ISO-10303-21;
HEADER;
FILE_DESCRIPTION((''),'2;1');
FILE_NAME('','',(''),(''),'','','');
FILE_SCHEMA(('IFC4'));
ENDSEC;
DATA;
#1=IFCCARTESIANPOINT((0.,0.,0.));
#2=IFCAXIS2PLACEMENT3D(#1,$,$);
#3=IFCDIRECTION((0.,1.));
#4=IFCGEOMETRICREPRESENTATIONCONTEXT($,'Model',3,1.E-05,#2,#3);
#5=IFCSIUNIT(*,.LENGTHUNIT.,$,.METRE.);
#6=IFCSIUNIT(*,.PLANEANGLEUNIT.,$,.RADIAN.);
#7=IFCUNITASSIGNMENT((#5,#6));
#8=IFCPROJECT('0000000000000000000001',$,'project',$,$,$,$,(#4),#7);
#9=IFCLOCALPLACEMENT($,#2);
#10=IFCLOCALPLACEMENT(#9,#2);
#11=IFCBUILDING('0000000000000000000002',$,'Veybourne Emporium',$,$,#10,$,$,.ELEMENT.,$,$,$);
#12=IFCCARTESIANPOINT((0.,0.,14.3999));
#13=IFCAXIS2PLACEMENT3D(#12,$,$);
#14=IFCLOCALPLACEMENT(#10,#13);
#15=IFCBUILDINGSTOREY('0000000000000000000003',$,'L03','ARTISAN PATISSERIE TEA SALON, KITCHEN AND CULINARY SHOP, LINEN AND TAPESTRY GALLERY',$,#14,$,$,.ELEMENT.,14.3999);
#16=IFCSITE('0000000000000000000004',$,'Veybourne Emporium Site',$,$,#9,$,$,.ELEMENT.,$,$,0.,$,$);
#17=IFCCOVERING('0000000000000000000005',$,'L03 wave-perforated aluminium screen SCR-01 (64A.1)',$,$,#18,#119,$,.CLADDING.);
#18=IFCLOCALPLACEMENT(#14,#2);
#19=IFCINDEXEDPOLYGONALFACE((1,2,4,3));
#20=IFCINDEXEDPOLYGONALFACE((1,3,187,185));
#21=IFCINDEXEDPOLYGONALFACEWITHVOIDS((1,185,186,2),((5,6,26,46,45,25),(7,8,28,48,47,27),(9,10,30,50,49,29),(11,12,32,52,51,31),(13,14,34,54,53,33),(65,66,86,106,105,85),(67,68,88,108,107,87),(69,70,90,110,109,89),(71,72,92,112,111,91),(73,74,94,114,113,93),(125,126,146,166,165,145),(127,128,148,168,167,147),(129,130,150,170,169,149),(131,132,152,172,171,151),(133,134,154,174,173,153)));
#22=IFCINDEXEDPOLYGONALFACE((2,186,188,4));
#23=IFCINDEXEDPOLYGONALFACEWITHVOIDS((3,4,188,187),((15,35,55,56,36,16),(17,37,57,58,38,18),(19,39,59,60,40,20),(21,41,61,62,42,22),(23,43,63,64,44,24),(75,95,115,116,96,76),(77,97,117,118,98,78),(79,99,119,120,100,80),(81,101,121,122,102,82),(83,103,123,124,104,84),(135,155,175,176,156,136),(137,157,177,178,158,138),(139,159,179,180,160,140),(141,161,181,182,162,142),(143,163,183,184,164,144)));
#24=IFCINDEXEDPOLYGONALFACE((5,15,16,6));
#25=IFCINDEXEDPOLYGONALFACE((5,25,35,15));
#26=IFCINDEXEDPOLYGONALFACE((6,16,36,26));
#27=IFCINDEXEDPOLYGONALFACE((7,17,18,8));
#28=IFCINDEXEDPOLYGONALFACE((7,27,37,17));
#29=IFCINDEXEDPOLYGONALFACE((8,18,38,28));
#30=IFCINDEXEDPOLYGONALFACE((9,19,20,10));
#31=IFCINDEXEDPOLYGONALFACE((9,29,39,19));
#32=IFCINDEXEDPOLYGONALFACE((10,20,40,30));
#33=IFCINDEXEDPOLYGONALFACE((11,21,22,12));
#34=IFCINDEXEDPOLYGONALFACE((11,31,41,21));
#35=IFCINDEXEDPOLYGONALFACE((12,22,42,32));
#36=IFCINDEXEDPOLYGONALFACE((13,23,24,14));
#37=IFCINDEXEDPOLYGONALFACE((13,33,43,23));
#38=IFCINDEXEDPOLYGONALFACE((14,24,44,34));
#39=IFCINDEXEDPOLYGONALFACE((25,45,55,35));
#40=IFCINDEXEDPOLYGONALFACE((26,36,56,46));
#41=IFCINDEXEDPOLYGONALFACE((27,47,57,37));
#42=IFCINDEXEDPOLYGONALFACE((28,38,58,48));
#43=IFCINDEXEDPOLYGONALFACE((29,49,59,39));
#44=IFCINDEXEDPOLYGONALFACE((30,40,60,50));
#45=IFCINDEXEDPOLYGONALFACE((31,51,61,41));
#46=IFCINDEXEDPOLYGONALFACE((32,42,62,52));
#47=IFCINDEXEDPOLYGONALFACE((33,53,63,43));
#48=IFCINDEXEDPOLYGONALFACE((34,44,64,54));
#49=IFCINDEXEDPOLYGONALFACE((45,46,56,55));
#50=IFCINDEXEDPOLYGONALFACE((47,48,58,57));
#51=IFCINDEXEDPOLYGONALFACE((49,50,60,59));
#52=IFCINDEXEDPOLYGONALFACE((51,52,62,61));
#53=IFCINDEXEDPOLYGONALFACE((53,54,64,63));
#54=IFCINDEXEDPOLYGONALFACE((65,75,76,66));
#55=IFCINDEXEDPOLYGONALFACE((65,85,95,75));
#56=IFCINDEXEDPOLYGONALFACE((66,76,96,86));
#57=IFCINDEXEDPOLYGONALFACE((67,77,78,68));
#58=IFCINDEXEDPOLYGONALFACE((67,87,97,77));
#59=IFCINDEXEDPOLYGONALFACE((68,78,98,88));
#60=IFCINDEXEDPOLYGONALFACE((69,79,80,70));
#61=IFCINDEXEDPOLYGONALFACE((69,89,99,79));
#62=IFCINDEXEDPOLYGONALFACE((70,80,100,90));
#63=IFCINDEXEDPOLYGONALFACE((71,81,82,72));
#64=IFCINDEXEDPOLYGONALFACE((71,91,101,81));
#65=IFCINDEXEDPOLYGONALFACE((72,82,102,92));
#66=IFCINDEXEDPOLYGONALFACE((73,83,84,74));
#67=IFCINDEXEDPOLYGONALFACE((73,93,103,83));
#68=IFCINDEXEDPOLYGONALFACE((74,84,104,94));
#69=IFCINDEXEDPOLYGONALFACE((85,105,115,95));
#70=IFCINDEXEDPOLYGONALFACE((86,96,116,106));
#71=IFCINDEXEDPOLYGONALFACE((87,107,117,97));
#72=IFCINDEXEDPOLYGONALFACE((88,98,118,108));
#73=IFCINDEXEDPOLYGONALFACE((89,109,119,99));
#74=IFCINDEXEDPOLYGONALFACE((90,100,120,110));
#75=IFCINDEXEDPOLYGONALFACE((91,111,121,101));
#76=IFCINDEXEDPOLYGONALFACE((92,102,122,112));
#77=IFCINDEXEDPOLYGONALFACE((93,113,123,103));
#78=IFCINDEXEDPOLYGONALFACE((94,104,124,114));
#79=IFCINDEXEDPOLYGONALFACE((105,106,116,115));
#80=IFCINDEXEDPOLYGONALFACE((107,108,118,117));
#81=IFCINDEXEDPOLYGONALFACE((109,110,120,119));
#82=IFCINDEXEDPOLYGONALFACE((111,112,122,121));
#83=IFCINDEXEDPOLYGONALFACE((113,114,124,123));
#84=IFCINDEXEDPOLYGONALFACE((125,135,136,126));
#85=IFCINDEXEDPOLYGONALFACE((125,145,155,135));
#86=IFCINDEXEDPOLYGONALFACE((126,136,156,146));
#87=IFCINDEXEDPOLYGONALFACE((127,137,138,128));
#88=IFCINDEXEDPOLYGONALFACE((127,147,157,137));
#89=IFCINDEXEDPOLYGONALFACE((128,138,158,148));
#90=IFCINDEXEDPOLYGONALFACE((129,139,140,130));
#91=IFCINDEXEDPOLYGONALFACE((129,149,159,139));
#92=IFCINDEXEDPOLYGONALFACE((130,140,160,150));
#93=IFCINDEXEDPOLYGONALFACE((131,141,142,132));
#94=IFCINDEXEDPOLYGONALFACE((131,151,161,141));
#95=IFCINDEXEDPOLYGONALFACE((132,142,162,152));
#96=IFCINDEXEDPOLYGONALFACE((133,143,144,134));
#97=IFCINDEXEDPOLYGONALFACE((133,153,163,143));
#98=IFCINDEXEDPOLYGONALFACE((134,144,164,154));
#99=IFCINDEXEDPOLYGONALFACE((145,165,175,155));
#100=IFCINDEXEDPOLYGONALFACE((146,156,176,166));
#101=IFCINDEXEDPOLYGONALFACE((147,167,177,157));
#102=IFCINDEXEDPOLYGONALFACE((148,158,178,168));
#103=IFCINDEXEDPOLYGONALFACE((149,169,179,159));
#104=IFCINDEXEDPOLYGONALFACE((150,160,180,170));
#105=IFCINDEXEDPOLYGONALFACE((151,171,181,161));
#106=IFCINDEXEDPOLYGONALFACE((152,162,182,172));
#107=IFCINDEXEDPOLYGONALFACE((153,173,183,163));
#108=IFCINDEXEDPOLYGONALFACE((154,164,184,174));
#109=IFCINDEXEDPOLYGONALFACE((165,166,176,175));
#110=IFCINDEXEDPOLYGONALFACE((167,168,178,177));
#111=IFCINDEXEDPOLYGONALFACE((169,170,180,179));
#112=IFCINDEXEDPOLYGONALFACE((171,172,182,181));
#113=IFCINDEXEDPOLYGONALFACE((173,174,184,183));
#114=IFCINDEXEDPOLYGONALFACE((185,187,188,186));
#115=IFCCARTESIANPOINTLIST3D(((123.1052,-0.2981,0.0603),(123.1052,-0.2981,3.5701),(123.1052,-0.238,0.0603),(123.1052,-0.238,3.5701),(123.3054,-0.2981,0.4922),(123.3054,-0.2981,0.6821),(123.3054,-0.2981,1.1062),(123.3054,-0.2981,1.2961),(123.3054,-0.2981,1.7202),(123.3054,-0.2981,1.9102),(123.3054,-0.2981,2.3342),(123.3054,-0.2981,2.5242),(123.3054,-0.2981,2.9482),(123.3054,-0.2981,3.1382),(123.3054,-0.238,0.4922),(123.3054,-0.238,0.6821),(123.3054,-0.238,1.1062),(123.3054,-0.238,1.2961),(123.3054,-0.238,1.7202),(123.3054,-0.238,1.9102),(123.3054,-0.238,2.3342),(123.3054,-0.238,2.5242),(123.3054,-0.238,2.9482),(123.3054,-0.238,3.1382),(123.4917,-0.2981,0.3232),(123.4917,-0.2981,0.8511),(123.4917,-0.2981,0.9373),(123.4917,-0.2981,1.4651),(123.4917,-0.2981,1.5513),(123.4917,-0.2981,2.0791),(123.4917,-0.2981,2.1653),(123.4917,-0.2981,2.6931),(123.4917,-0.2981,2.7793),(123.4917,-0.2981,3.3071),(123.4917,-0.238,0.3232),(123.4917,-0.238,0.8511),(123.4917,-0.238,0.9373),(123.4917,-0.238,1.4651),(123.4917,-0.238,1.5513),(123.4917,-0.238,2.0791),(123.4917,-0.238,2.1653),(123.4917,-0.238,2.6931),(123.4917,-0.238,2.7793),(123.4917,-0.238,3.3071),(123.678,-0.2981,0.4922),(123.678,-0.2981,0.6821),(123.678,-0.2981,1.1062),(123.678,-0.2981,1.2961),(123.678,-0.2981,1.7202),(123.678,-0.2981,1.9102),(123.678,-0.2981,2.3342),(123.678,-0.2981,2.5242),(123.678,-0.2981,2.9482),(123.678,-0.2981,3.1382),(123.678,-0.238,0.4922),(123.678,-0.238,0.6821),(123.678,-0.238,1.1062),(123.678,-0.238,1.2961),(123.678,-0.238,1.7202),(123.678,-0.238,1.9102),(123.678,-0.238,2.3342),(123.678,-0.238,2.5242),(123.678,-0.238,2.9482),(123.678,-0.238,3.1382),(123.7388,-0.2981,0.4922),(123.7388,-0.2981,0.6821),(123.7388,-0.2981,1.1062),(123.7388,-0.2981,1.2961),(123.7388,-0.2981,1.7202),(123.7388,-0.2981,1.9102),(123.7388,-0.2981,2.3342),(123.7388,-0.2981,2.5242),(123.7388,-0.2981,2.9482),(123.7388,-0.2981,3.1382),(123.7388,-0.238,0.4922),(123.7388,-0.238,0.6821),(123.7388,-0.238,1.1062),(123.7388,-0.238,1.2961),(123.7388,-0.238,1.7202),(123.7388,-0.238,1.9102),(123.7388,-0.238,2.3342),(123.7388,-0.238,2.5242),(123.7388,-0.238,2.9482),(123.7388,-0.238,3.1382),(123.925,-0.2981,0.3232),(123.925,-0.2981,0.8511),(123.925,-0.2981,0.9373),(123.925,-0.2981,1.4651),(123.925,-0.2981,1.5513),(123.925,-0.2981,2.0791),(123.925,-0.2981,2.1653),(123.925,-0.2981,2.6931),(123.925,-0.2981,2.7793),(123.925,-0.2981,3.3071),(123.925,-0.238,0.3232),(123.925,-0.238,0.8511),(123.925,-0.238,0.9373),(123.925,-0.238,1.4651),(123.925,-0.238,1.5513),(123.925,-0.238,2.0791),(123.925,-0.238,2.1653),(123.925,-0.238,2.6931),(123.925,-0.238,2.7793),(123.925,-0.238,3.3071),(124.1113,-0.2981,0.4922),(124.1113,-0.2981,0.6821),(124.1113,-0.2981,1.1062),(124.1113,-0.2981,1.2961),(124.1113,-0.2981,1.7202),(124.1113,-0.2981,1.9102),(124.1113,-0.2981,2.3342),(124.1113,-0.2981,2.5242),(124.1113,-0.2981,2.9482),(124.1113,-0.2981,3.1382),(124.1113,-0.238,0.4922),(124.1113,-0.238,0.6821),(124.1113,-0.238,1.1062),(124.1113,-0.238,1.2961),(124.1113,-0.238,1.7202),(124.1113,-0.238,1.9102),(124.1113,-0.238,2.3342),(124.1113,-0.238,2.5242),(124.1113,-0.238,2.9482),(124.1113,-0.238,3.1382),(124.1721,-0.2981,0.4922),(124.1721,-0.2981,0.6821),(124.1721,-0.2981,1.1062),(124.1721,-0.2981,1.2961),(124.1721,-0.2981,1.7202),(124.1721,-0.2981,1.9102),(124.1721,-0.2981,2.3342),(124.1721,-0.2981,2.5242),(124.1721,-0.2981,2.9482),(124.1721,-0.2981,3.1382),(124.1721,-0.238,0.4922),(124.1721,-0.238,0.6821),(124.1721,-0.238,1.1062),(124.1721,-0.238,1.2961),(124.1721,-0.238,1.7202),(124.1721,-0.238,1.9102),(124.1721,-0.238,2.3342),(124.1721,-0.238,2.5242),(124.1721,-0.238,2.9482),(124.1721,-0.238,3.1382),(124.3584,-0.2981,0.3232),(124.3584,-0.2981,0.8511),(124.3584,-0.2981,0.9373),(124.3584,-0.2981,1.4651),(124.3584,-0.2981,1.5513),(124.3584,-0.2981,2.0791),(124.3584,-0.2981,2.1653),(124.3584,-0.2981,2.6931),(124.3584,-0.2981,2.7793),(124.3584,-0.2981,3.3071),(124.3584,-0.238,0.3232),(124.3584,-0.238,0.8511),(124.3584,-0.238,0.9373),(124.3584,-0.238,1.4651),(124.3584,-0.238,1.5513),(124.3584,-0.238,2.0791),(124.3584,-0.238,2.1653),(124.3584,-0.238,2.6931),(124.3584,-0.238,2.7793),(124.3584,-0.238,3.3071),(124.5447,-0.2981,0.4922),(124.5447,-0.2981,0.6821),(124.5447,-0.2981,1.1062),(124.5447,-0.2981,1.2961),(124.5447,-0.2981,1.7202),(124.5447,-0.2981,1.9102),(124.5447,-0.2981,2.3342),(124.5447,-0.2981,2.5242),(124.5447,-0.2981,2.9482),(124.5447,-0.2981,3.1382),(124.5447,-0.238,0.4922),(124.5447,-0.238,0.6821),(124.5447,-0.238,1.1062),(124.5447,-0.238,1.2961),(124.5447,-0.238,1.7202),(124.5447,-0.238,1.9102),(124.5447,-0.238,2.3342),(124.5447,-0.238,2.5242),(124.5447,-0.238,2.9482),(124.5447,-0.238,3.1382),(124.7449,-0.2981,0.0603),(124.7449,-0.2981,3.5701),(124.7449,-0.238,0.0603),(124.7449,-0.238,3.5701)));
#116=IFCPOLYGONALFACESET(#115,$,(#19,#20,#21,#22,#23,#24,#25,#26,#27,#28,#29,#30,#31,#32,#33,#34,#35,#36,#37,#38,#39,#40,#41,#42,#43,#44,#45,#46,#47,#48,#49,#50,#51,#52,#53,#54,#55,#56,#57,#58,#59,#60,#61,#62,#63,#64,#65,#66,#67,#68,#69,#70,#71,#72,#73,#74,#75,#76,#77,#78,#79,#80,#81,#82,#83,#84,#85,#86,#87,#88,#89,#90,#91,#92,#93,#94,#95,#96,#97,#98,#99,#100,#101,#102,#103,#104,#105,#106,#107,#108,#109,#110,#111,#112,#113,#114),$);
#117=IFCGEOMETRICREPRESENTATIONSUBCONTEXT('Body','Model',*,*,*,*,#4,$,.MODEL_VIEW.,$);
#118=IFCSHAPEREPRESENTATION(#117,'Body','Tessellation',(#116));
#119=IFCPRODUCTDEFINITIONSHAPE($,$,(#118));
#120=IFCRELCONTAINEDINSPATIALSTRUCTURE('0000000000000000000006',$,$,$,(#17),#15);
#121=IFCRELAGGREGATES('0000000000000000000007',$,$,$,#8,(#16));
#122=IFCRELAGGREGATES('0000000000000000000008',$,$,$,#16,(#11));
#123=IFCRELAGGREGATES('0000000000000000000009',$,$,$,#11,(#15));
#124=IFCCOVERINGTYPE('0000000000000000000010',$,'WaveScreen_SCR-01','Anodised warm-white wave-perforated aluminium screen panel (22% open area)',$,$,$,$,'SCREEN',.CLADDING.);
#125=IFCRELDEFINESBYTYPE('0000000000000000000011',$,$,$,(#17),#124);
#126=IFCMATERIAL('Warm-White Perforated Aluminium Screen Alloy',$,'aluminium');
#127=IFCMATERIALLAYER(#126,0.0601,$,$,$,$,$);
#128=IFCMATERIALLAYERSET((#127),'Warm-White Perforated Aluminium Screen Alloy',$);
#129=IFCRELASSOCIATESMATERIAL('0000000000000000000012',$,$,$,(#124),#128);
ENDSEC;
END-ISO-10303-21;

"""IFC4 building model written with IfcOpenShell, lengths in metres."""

from ifc_helpers import new_model, si_unit, direction, frame, origin, place, context, subcontext, project, spatial, polyline, outline, extrude, material, layer, layer_set, type_object, element, save


model = new_model("IFC4")

# Units and contexts
model_context = context("Model", 3, precision=1e-05, world=origin(), true_north=direction((0.0, 1.0)))
body_context = subcontext(model_context, "Body", "Model", "MODEL_VIEW")
ifc_project = project(units=[si_unit("LENGTHUNIT", "METRE"), si_unit("PLANEANGLEUNIT", "RADIAN")], contexts=[model_context])

# Site, building, storey
site_placement = place(None, origin())
site = spatial("IfcSite", under=ifc_project, at=site_placement, Name="Veybourne Emporium Site", CompositionType="ELEMENT", RefElevation=0.0)
building_placement = place(site_placement, origin())
building = spatial("IfcBuilding", under=site, at=building_placement, Name="Veybourne Emporium", CompositionType="ELEMENT")
storey_placement = place(building_placement, frame((0.0, 0.0, 14.3999)))
storey = spatial("IfcBuildingStorey", under=building, at=storey_placement, Name="L03", Description="ARTISAN PATISSERIE TEA SALON, KITCHEN AND CULINARY SHOP, LINEN AND TAPESTRY GALLERY", CompositionType="ELEMENT", Elevation=14.3999)

# Covering
ifc_material_1 = material(Name="Warm-White Perforated Aluminium Screen Alloy", Category="aluminium")
ifc_layer_1 = layer(ifc_material_1, 0.0601)
ifc_layer_set_1 = layer_set([ifc_layer_1], Name="Warm-White Perforated Aluminium Screen Alloy")
covering_type_1 = type_object("IfcCoveringType", Name="WaveScreen_SCR-01", Description="Anodised warm-white wave-perforated aluminium screen panel (22% open area)", ElementType="SCREEN", PredefinedType="CLADDING", material=ifc_layer_set_1)
covering_1_placement = place(storey_placement, frame((123.925, -0.2981, 1.8152), z_axis=(0.0, 1.0, 0.0), x_axis=(-1.0, 0.0, 0.0)))
element("IfcCovering", 1, at=covering_1_placement, inside=storey, type_object=covering_type_1, Name="L03 wave-perforated aluminium screen SCR-01 (64A.1)", PredefinedType="CLADDING", context=body_context, shape_type="SweptSolid", body=[
    extrude(outline(polyline([(-0.8198, -1.7549), (0.8198, -1.7549), (0.8198, 1.7549), (-0.8198, 1.7549), (-0.8198, -1.7549)]), holes=[polyline([(-0.4333, -0.9641), (-0.2471, -1.1331), (-0.2471, -1.323), (-0.4333, -1.4919), (-0.6196, -1.323), (-0.6196, -1.1331), (-0.4333, -0.9641)]), polyline([(-0.4333, -0.3501), (-0.2471, -0.519), (-0.2471, -0.709), (-0.4333, -0.8779), (-0.6196, -0.709), (-0.6196, -0.519), (-0.4333, -0.3501)]), polyline([(-0.4333, 0.2639), (-0.2471, 0.095), (-0.2471, -0.095), (-0.4333, -0.2639), (-0.6196, -0.095), (-0.6196, 0.095), (-0.4333, 0.2639)]), polyline([(-0.4333, 0.8779), (-0.2471, 0.709), (-0.2471, 0.519), (-0.4333, 0.3501), (-0.6196, 0.519), (-0.6196, 0.709), (-0.4333, 0.8779)]), polyline([(-0.4333, 1.4919), (-0.2471, 1.323), (-0.2471, 1.1331), (-0.4333, 0.9641), (-0.6196, 1.1331), (-0.6196, 1.323), (-0.4333, 1.4919)]), polyline([(0.0, -0.9641), (0.1863, -1.1331), (0.1863, -1.323), (0.0, -1.4919), (-0.1863, -1.323), (-0.1863, -1.1331), (0.0, -0.9641)]), polyline([(0.0, -0.3501), (0.1863, -0.519), (0.1863, -0.709), (0.0, -0.8779), (-0.1863, -0.709), (-0.1863, -0.519), (0.0, -0.3501)]), polyline([(0.0, 0.2639), (0.1863, 0.095), (0.1863, -0.095), (0.0, -0.2639), (-0.1863, -0.095), (-0.1863, 0.095), (0.0, 0.2639)]), polyline([(0.0, 0.8779), (0.1863, 0.709), (0.1863, 0.519), (0.0, 0.3501), (-0.1863, 0.519), (-0.1863, 0.709), (0.0, 0.8779)]), polyline([(0.0, 1.4919), (0.1863, 1.323), (0.1863, 1.1331), (0.0, 0.9641), (-0.1863, 1.1331), (-0.1863, 1.323), (0.0, 1.4919)]), polyline([(0.4333, -0.9641), (0.6196, -1.1331), (0.6196, -1.323), (0.4333, -1.4919), (0.2471, -1.323), (0.2471, -1.1331), (0.4333, -0.9641)]), polyline([(0.4333, -0.3501), (0.6196, -0.519), (0.6196, -0.709), (0.4333, -0.8779), (0.2471, -0.709), (0.2471, -0.519), (0.4333, -0.3501)]), polyline([(0.4333, 0.2639), (0.6196, 0.095), (0.6196, -0.095), (0.4333, -0.2639), (0.2471, -0.095), (0.2471, 0.095), (0.4333, 0.2639)]), polyline([(0.4333, 0.8779), (0.6196, 0.709), (0.6196, 0.519), (0.4333, 0.3501), (0.2471, 0.519), (0.2471, 0.709), (0.4333, 0.8779)]), polyline([(0.4333, 1.4919), (0.6196, 1.323), (0.6196, 1.1331), (0.4333, 0.9641), (0.2471, 1.1331), (0.2471, 1.323), (0.4333, 1.4919)])]), origin(), (0.0, 0.0, 1.0), 0.0601),
])

save(model, "model.ifc")
